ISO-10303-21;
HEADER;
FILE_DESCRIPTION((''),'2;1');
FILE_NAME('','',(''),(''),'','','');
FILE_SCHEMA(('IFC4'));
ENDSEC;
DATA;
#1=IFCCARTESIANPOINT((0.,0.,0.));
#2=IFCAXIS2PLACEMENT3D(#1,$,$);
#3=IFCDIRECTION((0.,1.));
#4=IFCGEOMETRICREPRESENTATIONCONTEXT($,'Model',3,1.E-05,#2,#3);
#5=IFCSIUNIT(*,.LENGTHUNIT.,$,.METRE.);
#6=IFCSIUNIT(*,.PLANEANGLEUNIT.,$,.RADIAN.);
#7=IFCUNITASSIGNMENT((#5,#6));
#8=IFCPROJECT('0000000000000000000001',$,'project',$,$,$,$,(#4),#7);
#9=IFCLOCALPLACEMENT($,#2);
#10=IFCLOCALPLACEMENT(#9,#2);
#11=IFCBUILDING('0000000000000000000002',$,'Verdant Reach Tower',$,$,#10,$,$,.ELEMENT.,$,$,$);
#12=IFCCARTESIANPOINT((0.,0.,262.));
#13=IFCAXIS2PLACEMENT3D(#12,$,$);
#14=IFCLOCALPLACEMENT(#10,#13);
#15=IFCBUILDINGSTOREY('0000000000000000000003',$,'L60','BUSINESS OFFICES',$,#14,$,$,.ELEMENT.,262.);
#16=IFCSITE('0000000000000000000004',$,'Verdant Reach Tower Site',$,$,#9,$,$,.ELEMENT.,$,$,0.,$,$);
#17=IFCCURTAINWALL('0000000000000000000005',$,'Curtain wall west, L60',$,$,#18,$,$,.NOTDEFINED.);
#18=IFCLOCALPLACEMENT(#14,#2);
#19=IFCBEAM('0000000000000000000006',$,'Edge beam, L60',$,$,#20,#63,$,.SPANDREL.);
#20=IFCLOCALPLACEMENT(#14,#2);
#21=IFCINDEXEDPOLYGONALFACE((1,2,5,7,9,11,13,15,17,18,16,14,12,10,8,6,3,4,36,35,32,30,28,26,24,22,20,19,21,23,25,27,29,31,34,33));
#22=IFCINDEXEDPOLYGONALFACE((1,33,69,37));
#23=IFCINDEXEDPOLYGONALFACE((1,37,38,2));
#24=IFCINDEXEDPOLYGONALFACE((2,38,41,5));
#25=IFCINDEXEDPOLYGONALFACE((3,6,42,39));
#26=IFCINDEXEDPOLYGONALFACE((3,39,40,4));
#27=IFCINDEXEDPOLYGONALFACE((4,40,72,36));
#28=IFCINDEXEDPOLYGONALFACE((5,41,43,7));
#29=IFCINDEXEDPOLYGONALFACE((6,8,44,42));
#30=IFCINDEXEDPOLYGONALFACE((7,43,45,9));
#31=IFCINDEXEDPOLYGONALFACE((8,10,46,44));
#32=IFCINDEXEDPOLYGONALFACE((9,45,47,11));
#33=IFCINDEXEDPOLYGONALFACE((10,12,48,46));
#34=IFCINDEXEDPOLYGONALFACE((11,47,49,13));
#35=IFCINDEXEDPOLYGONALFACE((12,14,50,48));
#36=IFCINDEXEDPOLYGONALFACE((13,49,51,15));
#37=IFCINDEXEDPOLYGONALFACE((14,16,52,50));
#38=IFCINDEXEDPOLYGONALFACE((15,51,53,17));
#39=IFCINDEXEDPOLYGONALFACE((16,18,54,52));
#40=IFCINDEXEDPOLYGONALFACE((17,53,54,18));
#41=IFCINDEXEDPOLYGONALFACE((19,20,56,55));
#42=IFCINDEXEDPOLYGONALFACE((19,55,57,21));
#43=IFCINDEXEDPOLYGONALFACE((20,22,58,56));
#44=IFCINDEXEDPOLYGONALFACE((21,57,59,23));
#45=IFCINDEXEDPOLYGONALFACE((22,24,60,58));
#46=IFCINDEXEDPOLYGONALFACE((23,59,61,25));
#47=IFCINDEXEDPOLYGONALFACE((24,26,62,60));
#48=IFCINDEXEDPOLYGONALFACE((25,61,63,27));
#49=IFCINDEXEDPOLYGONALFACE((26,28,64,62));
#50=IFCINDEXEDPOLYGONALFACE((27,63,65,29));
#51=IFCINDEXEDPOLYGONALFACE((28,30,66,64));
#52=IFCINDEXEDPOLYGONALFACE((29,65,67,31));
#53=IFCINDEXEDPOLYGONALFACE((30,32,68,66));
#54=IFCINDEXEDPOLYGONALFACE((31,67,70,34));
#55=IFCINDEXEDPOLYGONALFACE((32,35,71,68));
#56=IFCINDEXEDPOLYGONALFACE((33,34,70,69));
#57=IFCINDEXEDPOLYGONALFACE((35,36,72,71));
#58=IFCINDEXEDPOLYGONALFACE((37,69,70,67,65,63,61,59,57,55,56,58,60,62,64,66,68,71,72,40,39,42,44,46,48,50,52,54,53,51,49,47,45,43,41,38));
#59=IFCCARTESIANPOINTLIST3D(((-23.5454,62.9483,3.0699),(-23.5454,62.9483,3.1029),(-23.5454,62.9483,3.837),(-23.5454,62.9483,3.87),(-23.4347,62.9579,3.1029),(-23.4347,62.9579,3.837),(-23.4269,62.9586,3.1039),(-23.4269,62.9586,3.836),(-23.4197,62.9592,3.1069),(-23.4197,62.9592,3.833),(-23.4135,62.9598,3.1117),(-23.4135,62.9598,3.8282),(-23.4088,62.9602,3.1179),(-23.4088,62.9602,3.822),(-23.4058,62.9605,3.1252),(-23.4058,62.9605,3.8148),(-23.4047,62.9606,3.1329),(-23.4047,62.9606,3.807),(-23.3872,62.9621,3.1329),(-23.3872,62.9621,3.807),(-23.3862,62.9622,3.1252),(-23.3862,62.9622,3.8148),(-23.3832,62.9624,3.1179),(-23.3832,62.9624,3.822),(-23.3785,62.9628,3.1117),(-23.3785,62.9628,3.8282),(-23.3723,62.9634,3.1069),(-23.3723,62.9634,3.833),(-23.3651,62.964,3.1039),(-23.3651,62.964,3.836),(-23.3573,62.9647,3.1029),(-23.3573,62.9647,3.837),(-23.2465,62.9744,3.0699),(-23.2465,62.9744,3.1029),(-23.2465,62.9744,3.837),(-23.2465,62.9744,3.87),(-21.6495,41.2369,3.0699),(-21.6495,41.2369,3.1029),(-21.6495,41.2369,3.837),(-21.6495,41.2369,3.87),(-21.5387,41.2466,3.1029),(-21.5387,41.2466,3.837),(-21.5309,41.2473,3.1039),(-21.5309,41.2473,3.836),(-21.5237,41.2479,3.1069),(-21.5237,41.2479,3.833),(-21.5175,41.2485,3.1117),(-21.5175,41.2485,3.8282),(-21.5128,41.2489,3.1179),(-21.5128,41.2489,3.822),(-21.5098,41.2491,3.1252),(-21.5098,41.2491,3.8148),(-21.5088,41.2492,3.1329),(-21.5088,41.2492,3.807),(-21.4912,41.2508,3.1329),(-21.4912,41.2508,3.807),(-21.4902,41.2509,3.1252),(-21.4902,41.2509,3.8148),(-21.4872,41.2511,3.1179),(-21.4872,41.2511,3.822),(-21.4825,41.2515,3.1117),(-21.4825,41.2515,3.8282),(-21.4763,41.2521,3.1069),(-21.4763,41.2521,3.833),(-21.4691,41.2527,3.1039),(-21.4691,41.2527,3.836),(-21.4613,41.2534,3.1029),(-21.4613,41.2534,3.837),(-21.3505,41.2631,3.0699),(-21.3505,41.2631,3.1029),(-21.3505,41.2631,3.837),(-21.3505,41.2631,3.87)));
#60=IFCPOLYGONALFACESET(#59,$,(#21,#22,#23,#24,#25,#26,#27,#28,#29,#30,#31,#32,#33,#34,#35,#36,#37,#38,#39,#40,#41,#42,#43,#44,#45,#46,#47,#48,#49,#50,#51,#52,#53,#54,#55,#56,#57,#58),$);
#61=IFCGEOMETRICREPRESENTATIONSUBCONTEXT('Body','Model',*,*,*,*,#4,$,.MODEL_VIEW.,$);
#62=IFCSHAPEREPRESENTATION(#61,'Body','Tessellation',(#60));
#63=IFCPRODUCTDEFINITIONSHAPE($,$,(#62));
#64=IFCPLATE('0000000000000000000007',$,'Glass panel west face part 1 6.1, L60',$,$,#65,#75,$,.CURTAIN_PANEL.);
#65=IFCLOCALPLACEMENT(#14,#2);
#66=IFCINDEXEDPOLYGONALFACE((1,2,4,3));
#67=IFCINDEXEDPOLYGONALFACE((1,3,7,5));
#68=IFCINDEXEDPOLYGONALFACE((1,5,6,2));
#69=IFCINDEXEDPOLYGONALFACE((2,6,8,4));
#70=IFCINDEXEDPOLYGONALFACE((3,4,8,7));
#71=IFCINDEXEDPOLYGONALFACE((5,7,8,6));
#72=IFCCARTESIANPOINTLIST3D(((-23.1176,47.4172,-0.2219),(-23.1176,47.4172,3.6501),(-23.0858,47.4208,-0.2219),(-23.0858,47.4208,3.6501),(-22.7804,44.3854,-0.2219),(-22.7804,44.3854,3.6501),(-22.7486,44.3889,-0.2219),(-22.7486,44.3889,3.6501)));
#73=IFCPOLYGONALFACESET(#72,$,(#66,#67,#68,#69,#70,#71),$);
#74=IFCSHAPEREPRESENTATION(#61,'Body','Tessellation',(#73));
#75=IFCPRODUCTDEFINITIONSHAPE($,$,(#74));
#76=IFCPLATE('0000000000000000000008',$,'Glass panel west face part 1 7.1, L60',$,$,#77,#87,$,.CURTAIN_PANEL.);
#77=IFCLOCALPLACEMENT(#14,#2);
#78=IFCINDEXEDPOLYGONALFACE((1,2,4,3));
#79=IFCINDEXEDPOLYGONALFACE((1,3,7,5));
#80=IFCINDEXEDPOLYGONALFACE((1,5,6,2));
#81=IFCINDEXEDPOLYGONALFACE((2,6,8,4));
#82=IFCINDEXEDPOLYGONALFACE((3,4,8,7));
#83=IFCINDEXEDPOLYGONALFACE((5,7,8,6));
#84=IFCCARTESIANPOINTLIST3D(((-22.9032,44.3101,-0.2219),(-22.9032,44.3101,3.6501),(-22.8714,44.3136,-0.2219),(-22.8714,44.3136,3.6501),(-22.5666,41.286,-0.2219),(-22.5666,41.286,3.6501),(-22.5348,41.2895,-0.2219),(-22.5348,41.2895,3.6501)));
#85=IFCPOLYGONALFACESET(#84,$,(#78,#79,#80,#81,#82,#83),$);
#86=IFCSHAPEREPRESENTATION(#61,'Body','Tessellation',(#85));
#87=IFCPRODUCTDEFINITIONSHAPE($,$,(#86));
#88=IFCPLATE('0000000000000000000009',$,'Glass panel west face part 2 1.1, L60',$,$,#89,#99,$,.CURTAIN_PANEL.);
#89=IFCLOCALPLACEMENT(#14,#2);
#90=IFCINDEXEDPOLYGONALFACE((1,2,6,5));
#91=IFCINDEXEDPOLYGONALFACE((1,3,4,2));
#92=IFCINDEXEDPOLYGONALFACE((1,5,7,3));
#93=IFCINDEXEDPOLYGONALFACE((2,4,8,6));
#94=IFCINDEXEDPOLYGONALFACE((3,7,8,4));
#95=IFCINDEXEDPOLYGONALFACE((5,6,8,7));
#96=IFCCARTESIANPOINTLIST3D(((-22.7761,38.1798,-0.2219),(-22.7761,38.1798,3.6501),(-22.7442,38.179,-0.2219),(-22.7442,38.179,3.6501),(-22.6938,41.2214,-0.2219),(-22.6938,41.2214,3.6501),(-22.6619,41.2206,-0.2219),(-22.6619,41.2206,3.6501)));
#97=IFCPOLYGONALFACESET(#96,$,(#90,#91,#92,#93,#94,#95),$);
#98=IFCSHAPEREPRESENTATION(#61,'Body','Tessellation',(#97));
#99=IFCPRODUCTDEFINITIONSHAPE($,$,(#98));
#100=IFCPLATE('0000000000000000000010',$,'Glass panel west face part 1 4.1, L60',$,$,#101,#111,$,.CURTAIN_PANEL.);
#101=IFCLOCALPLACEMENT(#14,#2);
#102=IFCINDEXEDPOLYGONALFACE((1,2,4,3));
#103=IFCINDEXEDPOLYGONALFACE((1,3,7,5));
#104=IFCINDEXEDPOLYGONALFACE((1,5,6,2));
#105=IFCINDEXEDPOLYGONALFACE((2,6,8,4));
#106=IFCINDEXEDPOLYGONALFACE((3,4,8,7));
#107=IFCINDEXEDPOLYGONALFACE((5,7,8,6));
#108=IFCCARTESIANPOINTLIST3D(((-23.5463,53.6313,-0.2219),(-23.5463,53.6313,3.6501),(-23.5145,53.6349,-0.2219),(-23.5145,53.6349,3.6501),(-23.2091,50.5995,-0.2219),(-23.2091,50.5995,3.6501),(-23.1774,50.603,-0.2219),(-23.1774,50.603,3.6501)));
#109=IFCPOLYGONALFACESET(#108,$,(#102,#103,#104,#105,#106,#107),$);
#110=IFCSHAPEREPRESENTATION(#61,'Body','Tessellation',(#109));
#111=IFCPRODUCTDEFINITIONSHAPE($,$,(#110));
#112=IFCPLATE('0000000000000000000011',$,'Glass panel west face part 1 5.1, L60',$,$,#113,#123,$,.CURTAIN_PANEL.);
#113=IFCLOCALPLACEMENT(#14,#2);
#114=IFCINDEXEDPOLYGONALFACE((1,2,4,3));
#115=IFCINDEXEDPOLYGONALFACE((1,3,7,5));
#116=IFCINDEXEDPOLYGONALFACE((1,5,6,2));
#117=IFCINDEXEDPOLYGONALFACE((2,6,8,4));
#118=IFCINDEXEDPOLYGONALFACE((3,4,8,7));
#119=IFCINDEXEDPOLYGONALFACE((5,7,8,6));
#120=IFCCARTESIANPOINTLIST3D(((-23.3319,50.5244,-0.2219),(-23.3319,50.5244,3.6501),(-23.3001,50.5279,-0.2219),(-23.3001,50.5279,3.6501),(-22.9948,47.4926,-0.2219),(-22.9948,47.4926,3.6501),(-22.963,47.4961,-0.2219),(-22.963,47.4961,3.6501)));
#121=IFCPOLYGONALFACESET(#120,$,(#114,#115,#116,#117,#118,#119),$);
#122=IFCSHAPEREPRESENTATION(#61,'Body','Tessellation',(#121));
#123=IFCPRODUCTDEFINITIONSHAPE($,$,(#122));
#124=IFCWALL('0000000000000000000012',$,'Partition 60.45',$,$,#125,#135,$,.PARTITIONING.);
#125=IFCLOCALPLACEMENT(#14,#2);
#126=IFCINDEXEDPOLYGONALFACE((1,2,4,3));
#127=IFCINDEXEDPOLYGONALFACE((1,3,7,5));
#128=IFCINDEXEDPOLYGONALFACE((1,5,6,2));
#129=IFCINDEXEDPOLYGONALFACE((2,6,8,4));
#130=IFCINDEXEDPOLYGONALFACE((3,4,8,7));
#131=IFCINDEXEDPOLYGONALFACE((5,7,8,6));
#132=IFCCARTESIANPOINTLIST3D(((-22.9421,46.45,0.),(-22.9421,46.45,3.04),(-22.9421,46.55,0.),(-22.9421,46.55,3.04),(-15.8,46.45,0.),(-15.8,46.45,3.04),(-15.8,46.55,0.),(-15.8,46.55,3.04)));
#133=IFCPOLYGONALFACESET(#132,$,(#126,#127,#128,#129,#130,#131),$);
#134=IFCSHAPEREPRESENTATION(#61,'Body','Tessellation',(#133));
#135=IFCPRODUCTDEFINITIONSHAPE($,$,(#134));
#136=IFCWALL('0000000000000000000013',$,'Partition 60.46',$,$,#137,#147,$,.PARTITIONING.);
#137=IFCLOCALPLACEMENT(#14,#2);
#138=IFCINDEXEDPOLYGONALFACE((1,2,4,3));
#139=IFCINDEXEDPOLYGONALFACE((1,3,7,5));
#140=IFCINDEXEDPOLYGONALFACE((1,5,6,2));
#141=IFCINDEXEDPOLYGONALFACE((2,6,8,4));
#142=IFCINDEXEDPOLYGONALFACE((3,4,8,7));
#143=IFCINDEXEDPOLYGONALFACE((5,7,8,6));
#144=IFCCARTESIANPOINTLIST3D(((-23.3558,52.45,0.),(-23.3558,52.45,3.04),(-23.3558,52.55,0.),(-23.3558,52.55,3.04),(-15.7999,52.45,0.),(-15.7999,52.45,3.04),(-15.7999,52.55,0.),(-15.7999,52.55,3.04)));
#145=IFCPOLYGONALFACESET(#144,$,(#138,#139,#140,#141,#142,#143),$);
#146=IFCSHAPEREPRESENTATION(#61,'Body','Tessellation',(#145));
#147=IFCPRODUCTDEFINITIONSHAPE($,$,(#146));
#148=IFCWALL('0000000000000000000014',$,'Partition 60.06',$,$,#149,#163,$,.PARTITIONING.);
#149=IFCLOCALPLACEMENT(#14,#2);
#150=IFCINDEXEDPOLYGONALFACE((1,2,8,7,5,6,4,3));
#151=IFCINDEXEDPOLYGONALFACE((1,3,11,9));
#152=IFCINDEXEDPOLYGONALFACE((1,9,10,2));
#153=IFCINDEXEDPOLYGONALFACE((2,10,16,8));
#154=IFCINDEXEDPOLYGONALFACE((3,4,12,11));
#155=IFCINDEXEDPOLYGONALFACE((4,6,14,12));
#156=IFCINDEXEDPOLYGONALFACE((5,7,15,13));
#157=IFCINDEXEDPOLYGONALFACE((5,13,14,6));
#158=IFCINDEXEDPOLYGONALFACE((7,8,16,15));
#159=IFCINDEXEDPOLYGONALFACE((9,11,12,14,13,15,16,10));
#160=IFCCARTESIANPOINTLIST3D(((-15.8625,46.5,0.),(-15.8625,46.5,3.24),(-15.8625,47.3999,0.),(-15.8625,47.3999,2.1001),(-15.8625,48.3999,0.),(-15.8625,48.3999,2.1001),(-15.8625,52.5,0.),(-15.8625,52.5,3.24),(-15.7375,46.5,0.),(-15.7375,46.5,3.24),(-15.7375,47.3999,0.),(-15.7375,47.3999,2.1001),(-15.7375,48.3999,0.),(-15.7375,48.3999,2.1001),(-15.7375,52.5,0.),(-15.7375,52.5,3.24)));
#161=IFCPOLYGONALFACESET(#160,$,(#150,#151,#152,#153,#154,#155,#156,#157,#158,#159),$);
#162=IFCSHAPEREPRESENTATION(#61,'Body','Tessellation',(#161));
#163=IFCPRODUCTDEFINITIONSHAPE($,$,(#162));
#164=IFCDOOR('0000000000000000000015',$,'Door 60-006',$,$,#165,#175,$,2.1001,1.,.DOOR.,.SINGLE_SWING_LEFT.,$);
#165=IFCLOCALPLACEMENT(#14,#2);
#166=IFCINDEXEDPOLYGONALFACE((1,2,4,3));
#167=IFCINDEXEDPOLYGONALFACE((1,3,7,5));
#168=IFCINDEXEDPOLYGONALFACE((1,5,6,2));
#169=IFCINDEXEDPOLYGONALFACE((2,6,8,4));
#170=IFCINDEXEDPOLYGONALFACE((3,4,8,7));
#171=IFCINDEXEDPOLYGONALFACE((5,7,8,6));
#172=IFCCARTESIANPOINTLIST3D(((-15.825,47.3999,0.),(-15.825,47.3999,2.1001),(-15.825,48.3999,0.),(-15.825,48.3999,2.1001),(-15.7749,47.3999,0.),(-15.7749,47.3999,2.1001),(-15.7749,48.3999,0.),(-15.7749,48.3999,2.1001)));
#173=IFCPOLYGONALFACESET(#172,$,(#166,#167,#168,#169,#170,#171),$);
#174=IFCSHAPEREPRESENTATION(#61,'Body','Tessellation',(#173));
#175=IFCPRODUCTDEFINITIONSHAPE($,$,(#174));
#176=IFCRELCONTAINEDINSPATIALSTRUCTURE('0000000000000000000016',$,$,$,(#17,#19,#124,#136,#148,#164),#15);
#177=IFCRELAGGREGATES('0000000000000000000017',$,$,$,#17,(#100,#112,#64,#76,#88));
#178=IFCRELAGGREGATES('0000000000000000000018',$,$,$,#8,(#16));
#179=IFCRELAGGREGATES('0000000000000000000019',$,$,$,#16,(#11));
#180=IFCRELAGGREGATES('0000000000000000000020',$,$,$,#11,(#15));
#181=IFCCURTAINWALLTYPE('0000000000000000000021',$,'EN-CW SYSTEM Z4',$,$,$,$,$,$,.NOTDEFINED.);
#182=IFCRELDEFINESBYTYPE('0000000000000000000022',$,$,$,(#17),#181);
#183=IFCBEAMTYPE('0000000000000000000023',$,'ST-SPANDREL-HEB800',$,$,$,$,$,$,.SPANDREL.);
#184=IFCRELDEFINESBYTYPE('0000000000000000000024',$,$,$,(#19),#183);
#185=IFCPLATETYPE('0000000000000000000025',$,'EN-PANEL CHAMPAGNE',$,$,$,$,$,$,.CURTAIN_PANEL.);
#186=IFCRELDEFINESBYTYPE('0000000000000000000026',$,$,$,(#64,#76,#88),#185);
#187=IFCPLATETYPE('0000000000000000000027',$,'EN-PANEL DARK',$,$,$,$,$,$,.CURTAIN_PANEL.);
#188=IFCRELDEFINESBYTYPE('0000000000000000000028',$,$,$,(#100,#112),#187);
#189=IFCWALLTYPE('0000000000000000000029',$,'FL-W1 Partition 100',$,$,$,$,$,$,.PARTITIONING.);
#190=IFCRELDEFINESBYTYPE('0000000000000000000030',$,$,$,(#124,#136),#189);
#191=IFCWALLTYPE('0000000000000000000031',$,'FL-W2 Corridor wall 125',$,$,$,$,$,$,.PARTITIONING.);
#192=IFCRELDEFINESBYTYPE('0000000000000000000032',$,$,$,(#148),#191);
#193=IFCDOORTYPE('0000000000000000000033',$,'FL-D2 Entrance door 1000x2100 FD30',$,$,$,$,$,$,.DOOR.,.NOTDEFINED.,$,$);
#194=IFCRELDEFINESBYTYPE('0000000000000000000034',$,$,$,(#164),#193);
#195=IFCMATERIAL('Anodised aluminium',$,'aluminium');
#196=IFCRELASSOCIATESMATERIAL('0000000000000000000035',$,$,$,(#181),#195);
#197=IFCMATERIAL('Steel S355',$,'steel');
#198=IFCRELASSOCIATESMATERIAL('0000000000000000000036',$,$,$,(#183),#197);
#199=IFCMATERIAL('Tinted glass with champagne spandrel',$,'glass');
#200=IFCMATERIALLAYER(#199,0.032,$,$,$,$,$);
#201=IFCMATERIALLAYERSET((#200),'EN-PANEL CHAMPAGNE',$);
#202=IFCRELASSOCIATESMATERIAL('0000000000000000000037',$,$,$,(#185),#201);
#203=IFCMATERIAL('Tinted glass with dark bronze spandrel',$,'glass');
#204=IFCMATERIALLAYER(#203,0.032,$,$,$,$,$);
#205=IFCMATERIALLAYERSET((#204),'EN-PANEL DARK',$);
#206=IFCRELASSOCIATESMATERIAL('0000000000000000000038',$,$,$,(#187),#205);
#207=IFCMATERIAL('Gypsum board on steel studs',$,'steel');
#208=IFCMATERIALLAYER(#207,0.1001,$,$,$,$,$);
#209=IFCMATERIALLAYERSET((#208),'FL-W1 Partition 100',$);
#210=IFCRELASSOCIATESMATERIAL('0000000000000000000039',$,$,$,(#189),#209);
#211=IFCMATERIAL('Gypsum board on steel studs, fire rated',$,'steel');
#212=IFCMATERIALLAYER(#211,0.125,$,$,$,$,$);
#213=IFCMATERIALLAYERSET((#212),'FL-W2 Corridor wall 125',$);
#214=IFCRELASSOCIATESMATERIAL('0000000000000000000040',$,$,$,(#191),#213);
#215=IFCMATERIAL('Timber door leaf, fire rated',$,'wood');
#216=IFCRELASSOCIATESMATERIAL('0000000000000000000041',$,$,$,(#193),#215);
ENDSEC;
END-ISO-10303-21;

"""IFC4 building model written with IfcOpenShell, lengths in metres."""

from ifc_helpers import new_model, si_unit, direction, frame, frame_2d, origin, origin_2d, place, context, subcontext, project, spatial, rectangle, i_section, extrude, material, layer, layer_set, material_profile, profile_set, type_object, element, fill, aggregate, save


model = new_model("IFC4")

# Units and contexts
model_context = context("Model", 3, precision=1e-05, world=origin(), true_north=direction((0.0, 1.0)))
body_context = subcontext(model_context, "Body", "Model", "MODEL_VIEW")
ifc_project = project(units=[si_unit("LENGTHUNIT", "METRE"), si_unit("PLANEANGLEUNIT", "RADIAN")], contexts=[model_context])

# Site, building, storey
site_placement = place(None, origin())
site = spatial("IfcSite", under=ifc_project, at=site_placement, Name="Verdant Reach Tower Site", CompositionType="ELEMENT", RefElevation=0.0)
building_placement = place(site_placement, origin())
building = spatial("IfcBuilding", under=site, at=building_placement, Name="Verdant Reach Tower", CompositionType="ELEMENT")
storey_placement = place(building_placement, frame((0.0, 0.0, 262.0)))
storey = spatial("IfcBuildingStorey", under=building, at=storey_placement, Name="L60", Description="BUSINESS OFFICES", CompositionType="ELEMENT", Elevation=262.0)

# Curtain wall
ifc_material_1 = material(Name="Anodised aluminium", Category="aluminium")
curtain_wall_type = type_object("IfcCurtainWallType", Name="EN-CW SYSTEM Z4", PredefinedType="NOTDEFINED", material=ifc_material_1)
curtain_wall_placement = place(storey_placement, origin())
curtain_wall = element("IfcCurtainWall", 1, at=curtain_wall_placement, inside=storey, type_object=curtain_wall_type, Name="Curtain wall west, L60", PredefinedType="NOTDEFINED")

# Beam
ifc_material_2 = material(Name="Steel S355", Category="steel")
ifc_material_profile_1 = material_profile(ifc_material_2, i_section(OverallWidth=0.3, OverallDepth=0.8, WebThickness=0.0176, FlangeThickness=0.033, FilletRadius=0.03, at=origin_2d()), Name="HEB 800")
ifc_profile_set_1 = profile_set([ifc_material_profile_1], Name="Steel S355")
beam_type_1 = type_object("IfcBeamType", Name="ST-SPANDREL-HEB800", PredefinedType="SPANDREL", material=ifc_profile_set_1)
beam_1_placement = place(storey_placement, frame((-21.5, 41.25, 3.47), z_axis=(-0.086996, 0.996209, 0.0), x_axis=(-0.996209, -0.086996, 0.0)))
element("IfcBeam", 2, at=beam_1_placement, inside=storey, type_object=beam_type_1, Name="Edge beam, L60", PredefinedType="SPANDREL", context=body_context, shape_type="SweptSolid", body=[
    extrude(i_section(OverallWidth=0.3, OverallDepth=0.8, WebThickness=0.0176, FlangeThickness=0.033, FilletRadius=0.03, at=origin_2d()), origin(), (0.0, 0.0, 1.0), 21.7939),
])

# Plates
ifc_material_3 = material(Name="Tinted glass with champagne spandrel", Category="glass")
ifc_layer_1 = layer(ifc_material_3, 0.032)
ifc_layer_set_1 = layer_set([ifc_layer_1], Name="EN-PANEL CHAMPAGNE")
plate_type_1 = type_object("IfcPlateType", Name="EN-PANEL CHAMPAGNE", PredefinedType="CURTAIN_PANEL", material=ifc_layer_set_1)
plate_1_placement = place(storey_placement, frame((-22.9331, 45.9031, -0.2219), z_axis=(0.0, 0.0, 1.0), x_axis=(0.110518, -0.993874, 0.0)))
plate_1 = element("IfcPlate", 3, at=plate_1_placement, type_object=plate_type_1, Name="Glass panel west face part 1 6.1, L60", PredefinedType="CURTAIN_PANEL", context=body_context, shape_type="SweptSolid", body=[
    extrude(rectangle(XDim=3.0505, YDim=0.032, at=origin_2d()), origin(), (0.0, 0.0, 1.0), 3.8721),
])
plate_2_placement = place(storey_placement, frame((-22.719, 42.7998, -0.2219), z_axis=(0.0, 0.0, 1.0), x_axis=(0.110603, -0.993865, 0.0)))
plate_2 = element("IfcPlate", 4, at=plate_2_placement, type_object=plate_type_1, Name="Glass panel west face part 1 7.1, L60", PredefinedType="CURTAIN_PANEL", context=body_context, shape_type="SweptSolid", body=[
    extrude(rectangle(XDim=3.0427, YDim=0.032, at=origin_2d()), origin(), (0.0, 0.0, 1.0), 3.8721),
])
plate_3_placement = place(storey_placement, frame((-22.719, 39.7002, -0.2219), z_axis=(0.0, 0.0, 1.0), x_axis=(-0.027051, -0.999634, 0.0)))
plate_3 = element("IfcPlate", 5, at=plate_3_placement, type_object=plate_type_1, Name="Glass panel west face part 2 1.1, L60", PredefinedType="CURTAIN_PANEL", context=body_context, shape_type="SweptSolid", body=[
    extrude(rectangle(XDim=3.0427, YDim=0.032, at=origin_2d()), origin(), (0.0, 0.0, 1.0), 3.8721),
])
ifc_material_4 = material(Name="Tinted glass with dark bronze spandrel", Category="glass")
ifc_layer_2 = layer(ifc_material_4, 0.032)
ifc_layer_set_2 = layer_set([ifc_layer_2], Name="EN-PANEL DARK")
plate_type_2 = type_object("IfcPlateType", Name="EN-PANEL DARK", PredefinedType="CURTAIN_PANEL", material=ifc_layer_set_2)
plate_4_placement = place(storey_placement, frame((-23.3618, 52.1172, -0.2219), z_axis=(0.0, 0.0, 1.0), x_axis=(0.110518, -0.993874, 0.0)))
plate_4 = element("IfcPlate", 6, at=plate_4_placement, type_object=plate_type_2, Name="Glass panel west face part 1 4.1, L60", PredefinedType="CURTAIN_PANEL", context=body_context, shape_type="SweptSolid", body=[
    extrude(rectangle(XDim=3.0505, YDim=0.032, at=origin_2d()), origin(), (0.0, 0.0, 1.0), 3.8721),
])
plate_5_placement = place(storey_placement, frame((-23.1475, 49.0103, -0.2219), z_axis=(0.0, 0.0, 1.0), x_axis=(0.110518, -0.993874, 0.0)))
plate_5 = element("IfcPlate", 7, at=plate_5_placement, type_object=plate_type_2, Name="Glass panel west face part 1 5.1, L60", PredefinedType="CURTAIN_PANEL", context=body_context, shape_type="SweptSolid", body=[
    extrude(rectangle(XDim=3.0505, YDim=0.032, at=origin_2d()), origin(), (0.0, 0.0, 1.0), 3.8721),
])
aggregate(curtain_wall, [plate_4, plate_5, plate_1, plate_2, plate_3])

# Walls
ifc_material_5 = material(Name="Gypsum board on steel studs", Category="steel")
ifc_layer_3 = layer(ifc_material_5, 0.1001)
ifc_layer_set_3 = layer_set([ifc_layer_3], Name="FL-W1 Partition 100")
wall_type_1 = type_object("IfcWallType", Name="FL-W1 Partition 100", PredefinedType="PARTITIONING", material=ifc_layer_set_3)
wall_1_placement = place(storey_placement, frame((-15.8, 46.5, 0.0), z_axis=(0.0, 0.0, 1.0), x_axis=(-1.0, 0.0, 0.0)))
element("IfcWall", 8, at=wall_1_placement, inside=storey, type_object=wall_type_1, Name="Partition 60.45", PredefinedType="PARTITIONING", context=body_context, shape_type="SweptSolid", body=[
    extrude(rectangle(XDim=7.1421, YDim=0.1001, at=frame_2d((3.571, 0.0))), origin(), (0.0, 0.0, 1.0), 3.04),
])
wall_2_placement = place(storey_placement, frame((-15.8, 52.5, 0.0), z_axis=(0.0, 0.0, 1.0), x_axis=(-1.0, 0.0, 0.0)))
element("IfcWall", 9, at=wall_2_placement, inside=storey, type_object=wall_type_1, Name="Partition 60.46", PredefinedType="PARTITIONING", context=body_context, shape_type="SweptSolid", body=[
    extrude(rectangle(XDim=7.5559, YDim=0.1001, at=frame_2d((3.7778, 0.0))), origin(), (0.0, 0.0, 1.0), 3.04),
])

# Wall, opening, door
ifc_material_6 = material(Name="Gypsum board on steel studs, fire rated", Category="steel")
ifc_layer_4 = layer(ifc_material_6, 0.125)
ifc_layer_set_4 = layer_set([ifc_layer_4], Name="FL-W2 Corridor wall 125")
wall_type_2 = type_object("IfcWallType", Name="FL-W2 Corridor wall 125", PredefinedType="PARTITIONING", material=ifc_layer_set_4)
wall_3_placement = place(storey_placement, frame((-15.8, 46.5, 0.0), z_axis=(0.0, 0.0, 1.0), x_axis=(0.0, 1.0, 0.0)))
wall_3 = element("IfcWall", 10, at=wall_3_placement, inside=storey, type_object=wall_type_2, Name="Partition 60.06", PredefinedType="PARTITIONING", context=body_context, shape_type="SweptSolid", body=[
    extrude(rectangle(XDim=6.0, YDim=0.125, at=frame_2d((3.0, 0.0))), origin(), (0.0, 0.0, 1.0), 3.24),
])
opening_1_placement = place(wall_3_placement, frame((0.8999, 0.0, 0.0)))
opening_1 = element("IfcOpeningElement", 11, at=opening_1_placement, cuts=wall_3, PredefinedType="OPENING", context=body_context, shape_type="SweptSolid", body=[
    extrude(rectangle(XDim=1.0, YDim=2.1001, at=frame_2d((0.5, 1.05))), frame((0.0, 0.0725, 0.0), z_axis=(0.0, -1.0, 0.0), x_axis=(1.0, 0.0, 0.0)), (0.0, 0.0, 1.0), 0.145),
])
ifc_material_7 = material(Name="Timber door leaf, fire rated", Category="wood")
door_type = type_object("IfcDoorType", Name="FL-D2 Entrance door 1000x2100 FD30", OperationType="NOTDEFINED", PredefinedType="DOOR", material=ifc_material_7)
door_1_placement = place(opening_1_placement, origin())
door_1 = element("IfcDoor", 12, at=door_1_placement, inside=storey, type_object=door_type, Name="Door 60-006", OperationType="SINGLE_SWING_LEFT", OverallHeight=2.1001, OverallWidth=1.0, PredefinedType="DOOR", context=body_context, shape_type="SweptSolid", body=[
    extrude(rectangle(XDim=1.0, YDim=2.1001, at=frame_2d((0.5, 1.05))), frame((0.0, 0.0249, 0.0), z_axis=(0.0, -1.0, 0.0), x_axis=(1.0, 0.0, 0.0)), (0.0, 0.0, 1.0), 0.05),
])
fill(opening_1, door_1)

save(model, "model.ifc")
